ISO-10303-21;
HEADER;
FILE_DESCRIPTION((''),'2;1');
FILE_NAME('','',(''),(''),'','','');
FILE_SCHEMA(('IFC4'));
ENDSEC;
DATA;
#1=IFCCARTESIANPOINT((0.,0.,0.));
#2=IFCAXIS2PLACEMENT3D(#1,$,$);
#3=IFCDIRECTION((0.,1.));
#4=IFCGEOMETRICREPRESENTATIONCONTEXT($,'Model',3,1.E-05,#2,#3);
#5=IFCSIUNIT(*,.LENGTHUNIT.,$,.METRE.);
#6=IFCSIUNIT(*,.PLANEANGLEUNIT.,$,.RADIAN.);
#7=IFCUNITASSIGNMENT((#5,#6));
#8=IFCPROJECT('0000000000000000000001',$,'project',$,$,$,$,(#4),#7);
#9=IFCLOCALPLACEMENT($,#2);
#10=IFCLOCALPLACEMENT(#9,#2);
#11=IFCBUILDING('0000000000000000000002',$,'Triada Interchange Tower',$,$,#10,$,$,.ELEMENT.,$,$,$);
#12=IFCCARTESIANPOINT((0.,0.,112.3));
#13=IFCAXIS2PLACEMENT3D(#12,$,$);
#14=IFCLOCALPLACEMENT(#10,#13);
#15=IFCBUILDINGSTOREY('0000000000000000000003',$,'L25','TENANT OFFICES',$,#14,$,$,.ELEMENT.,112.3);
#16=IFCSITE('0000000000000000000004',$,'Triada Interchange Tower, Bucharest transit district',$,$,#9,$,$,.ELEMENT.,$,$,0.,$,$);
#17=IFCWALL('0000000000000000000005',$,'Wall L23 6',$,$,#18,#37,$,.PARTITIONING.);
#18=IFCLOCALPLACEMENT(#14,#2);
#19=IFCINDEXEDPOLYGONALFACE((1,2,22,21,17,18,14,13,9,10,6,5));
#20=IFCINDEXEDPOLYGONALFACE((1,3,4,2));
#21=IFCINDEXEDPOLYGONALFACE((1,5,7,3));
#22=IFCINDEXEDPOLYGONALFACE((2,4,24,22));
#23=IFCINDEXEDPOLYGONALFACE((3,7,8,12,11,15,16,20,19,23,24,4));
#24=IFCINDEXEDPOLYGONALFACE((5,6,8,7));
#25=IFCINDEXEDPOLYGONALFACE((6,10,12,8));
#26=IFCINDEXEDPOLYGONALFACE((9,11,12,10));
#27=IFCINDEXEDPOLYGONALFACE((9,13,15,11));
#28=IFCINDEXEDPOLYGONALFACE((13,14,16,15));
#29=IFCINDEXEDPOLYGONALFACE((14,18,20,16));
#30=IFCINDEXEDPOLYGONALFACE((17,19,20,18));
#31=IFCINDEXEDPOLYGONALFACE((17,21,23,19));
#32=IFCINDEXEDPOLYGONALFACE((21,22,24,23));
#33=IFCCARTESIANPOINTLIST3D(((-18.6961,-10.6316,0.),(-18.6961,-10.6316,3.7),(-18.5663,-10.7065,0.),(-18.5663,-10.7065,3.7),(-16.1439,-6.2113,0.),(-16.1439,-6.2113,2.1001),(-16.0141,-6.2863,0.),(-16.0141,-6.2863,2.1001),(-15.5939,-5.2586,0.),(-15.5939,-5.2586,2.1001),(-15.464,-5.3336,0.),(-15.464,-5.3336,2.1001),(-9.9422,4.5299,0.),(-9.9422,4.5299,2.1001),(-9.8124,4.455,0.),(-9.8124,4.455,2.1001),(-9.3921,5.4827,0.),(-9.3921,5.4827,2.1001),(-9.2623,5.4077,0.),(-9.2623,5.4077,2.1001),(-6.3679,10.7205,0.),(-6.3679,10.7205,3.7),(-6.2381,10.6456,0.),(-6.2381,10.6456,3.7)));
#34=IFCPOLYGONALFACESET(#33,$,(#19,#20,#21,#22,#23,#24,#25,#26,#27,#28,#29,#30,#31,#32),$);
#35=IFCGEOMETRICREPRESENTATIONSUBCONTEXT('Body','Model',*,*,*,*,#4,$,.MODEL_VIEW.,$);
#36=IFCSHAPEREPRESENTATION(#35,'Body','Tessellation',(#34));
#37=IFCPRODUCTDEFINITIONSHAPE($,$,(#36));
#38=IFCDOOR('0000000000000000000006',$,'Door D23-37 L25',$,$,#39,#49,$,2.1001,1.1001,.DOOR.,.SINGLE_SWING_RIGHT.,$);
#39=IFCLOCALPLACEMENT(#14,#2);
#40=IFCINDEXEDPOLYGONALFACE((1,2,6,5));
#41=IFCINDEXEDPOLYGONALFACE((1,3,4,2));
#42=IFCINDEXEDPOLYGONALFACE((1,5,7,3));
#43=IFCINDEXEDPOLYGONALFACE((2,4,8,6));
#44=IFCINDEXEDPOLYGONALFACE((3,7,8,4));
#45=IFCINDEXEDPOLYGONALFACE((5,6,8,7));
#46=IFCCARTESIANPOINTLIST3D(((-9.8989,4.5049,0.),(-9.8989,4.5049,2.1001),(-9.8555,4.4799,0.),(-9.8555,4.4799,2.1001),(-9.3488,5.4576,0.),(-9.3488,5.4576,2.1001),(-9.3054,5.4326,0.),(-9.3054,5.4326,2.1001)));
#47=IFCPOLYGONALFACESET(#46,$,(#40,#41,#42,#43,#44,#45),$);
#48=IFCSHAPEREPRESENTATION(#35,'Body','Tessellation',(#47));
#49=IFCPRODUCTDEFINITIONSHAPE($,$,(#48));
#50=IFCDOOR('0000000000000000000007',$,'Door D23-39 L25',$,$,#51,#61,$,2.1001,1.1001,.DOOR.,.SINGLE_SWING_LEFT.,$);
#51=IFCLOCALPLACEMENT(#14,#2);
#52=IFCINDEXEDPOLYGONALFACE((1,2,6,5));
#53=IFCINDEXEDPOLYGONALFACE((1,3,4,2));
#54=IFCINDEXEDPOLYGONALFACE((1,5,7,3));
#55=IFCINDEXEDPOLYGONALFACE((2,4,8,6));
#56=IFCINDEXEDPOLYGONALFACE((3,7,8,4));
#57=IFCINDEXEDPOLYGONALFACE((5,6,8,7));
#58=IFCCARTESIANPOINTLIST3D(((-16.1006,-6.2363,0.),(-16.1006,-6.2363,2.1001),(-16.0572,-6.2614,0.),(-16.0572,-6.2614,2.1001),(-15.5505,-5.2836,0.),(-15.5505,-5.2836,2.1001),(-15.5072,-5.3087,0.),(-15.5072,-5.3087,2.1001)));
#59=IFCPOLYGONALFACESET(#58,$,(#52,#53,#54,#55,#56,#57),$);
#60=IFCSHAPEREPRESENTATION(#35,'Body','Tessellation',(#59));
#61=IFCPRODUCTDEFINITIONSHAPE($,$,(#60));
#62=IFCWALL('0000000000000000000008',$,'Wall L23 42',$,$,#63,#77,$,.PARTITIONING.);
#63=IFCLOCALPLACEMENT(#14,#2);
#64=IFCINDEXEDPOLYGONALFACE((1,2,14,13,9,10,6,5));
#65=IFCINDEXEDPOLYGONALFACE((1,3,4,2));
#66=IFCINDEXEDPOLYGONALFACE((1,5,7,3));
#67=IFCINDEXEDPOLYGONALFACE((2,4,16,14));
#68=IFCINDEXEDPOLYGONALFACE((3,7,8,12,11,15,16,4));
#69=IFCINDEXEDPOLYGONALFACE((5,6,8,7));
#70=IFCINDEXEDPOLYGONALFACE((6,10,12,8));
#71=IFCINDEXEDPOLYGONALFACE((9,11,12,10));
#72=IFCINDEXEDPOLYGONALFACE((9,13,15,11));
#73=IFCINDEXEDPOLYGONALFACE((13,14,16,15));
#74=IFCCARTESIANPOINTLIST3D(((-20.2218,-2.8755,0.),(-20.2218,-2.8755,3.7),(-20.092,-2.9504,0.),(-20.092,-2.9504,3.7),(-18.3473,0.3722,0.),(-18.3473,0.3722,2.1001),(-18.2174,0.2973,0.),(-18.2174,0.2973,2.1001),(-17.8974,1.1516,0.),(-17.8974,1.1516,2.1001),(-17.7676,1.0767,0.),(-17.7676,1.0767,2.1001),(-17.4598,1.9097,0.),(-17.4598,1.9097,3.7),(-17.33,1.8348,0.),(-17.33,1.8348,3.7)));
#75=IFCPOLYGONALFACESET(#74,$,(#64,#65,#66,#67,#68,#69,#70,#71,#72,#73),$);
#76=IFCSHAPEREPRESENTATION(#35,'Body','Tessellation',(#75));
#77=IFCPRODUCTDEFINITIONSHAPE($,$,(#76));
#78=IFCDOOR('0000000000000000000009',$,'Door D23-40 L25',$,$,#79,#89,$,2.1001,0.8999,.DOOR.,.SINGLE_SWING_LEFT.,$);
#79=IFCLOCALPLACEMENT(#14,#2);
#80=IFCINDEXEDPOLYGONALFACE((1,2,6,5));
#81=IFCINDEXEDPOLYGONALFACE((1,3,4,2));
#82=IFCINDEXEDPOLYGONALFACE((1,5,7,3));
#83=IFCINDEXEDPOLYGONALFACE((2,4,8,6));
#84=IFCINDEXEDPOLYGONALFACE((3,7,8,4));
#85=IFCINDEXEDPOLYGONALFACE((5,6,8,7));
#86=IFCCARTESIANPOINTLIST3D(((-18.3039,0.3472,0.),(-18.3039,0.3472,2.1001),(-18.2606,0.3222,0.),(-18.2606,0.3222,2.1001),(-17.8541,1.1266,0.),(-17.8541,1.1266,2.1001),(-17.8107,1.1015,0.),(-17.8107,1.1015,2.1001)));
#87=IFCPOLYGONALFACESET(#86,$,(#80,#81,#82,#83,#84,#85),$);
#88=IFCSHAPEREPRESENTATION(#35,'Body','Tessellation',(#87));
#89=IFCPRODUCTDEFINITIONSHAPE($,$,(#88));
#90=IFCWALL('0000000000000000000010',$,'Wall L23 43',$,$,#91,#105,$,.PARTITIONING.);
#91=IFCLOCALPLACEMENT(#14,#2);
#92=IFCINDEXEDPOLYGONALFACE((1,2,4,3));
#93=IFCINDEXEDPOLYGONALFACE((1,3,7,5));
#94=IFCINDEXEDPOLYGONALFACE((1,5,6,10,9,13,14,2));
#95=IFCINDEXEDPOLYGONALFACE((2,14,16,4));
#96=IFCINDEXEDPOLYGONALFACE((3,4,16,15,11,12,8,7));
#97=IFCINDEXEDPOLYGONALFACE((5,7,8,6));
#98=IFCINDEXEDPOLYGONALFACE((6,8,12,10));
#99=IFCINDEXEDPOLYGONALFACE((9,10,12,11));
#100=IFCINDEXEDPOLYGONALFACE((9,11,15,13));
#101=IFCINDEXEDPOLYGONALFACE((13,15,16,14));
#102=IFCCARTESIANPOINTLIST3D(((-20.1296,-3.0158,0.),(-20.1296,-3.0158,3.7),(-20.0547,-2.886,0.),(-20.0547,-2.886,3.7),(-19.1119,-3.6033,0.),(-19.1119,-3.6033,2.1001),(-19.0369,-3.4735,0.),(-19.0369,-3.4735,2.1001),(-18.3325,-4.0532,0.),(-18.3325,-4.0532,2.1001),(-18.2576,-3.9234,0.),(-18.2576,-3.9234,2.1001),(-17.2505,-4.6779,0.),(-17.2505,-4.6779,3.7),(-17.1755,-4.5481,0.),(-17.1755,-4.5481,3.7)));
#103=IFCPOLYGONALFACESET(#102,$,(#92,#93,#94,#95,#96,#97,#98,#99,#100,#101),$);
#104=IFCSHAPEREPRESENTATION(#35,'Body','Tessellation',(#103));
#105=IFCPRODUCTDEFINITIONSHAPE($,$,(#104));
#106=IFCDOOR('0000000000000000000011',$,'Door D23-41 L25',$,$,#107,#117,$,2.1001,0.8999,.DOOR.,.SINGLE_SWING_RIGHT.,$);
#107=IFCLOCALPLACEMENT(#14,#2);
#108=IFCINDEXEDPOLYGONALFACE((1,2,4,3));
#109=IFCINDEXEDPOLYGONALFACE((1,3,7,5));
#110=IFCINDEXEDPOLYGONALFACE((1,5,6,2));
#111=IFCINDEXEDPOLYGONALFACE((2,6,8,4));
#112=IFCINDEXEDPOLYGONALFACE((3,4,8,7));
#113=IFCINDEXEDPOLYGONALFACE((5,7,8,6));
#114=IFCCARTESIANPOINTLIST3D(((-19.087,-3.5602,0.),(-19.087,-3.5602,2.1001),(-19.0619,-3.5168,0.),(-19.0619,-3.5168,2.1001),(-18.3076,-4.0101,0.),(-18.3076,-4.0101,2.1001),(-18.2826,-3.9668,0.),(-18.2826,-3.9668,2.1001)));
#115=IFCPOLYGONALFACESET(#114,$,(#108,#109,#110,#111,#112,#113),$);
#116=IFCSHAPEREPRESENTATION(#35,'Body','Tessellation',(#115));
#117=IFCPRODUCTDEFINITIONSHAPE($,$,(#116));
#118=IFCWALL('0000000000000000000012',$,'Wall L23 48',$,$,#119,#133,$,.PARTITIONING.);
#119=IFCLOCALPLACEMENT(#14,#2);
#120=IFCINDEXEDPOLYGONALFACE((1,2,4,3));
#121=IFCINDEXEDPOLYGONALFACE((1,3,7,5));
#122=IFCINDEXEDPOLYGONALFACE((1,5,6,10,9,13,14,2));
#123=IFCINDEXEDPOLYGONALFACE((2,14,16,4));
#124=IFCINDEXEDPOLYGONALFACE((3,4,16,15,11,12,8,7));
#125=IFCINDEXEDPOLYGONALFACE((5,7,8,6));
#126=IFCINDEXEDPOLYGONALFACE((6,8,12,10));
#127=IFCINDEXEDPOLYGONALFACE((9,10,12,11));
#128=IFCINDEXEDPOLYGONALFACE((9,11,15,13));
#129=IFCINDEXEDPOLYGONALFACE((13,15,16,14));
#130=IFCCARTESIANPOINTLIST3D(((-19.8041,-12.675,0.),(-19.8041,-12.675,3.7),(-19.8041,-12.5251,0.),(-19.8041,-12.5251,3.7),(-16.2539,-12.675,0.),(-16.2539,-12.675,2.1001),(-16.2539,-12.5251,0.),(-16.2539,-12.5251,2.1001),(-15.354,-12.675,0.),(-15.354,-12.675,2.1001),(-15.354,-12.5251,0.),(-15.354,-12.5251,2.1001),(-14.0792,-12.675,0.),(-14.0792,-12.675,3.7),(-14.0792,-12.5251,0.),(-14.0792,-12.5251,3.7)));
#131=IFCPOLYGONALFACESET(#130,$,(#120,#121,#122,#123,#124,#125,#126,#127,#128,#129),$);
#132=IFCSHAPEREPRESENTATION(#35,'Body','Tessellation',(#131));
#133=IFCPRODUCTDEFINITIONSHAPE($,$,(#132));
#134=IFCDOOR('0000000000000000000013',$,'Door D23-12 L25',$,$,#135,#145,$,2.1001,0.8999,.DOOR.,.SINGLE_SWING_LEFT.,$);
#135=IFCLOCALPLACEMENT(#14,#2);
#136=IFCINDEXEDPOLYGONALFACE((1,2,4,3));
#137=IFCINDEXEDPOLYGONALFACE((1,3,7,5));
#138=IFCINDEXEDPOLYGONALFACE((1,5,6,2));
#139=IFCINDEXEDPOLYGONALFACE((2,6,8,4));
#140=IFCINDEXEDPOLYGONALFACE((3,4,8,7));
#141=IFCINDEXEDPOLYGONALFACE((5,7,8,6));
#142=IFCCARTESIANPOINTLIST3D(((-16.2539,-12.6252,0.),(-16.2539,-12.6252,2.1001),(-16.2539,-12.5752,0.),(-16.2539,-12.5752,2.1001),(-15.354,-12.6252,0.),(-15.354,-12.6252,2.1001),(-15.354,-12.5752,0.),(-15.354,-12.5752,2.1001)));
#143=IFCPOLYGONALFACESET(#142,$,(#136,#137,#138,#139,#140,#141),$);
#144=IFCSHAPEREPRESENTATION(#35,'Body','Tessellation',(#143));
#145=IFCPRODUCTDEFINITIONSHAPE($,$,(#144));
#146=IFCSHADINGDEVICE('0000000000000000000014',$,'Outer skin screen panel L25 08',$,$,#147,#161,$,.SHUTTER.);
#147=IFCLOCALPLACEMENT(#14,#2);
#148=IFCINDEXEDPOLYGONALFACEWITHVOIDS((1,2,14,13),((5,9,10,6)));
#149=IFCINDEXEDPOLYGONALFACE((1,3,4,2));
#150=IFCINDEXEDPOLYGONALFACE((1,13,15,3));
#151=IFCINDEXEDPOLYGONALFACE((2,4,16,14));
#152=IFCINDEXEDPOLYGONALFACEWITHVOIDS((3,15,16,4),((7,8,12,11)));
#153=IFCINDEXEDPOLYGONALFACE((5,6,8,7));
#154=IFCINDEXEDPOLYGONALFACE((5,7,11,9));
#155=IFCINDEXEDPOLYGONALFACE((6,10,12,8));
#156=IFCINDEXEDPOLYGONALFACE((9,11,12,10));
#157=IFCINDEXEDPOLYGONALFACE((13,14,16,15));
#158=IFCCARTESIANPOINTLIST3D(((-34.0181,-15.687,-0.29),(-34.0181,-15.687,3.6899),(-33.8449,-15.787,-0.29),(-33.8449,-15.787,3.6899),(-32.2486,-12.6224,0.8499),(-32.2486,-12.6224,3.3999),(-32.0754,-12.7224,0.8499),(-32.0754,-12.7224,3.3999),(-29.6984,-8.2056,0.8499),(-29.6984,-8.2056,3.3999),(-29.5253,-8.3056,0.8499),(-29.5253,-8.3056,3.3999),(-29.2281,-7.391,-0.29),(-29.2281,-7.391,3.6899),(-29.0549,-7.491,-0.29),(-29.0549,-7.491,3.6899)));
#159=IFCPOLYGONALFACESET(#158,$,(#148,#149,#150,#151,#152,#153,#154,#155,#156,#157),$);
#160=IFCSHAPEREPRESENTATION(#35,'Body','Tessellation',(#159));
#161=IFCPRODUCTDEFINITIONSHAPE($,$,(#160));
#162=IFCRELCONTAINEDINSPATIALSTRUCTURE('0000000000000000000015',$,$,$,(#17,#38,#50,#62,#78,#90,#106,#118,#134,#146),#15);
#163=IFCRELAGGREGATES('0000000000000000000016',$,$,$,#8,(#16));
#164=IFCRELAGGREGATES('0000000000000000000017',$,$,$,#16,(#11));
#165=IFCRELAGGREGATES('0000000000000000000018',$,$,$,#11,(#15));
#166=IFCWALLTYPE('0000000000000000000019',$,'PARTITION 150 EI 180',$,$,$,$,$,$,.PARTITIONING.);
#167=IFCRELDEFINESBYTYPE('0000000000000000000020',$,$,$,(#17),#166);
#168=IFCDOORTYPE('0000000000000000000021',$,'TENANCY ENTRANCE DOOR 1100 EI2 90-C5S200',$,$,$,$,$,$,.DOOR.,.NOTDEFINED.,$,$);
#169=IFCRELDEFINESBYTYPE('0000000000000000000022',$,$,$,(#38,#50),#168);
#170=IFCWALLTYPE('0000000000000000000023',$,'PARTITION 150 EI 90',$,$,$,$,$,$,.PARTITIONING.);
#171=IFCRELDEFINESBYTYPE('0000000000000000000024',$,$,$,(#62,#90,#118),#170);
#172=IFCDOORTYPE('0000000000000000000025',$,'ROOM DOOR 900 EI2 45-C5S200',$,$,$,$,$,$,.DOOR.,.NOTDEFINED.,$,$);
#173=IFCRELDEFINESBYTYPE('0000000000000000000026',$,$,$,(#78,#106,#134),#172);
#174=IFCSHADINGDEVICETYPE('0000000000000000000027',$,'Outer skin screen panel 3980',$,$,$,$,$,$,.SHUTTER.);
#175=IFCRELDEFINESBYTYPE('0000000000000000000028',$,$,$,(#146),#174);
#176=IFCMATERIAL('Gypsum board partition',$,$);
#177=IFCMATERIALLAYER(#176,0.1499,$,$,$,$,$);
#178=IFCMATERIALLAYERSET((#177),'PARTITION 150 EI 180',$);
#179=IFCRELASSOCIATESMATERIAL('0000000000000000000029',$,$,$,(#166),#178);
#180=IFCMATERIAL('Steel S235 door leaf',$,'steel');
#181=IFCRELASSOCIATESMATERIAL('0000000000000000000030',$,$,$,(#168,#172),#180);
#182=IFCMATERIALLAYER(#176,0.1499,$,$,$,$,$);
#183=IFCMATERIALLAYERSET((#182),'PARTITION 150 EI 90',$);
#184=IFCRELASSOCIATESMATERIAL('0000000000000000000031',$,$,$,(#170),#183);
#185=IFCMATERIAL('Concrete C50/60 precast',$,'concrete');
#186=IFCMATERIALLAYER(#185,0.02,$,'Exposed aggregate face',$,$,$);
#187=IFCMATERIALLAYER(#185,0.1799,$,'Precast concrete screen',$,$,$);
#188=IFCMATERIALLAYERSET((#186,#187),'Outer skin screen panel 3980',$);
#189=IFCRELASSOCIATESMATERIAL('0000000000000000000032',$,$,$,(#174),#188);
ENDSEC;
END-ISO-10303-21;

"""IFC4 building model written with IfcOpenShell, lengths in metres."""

from ifc_helpers import new_model, si_unit, direction, frame, frame_2d, origin, place, context, subcontext, project, spatial, polyline, rectangle, outline, extrude, material, layer, layer_set, type_object, element, fill, save


model = new_model("IFC4")

# Units and contexts
model_context = context("Model", 3, precision=1e-05, world=origin(), true_north=direction((0.0, 1.0)))
body_context = subcontext(model_context, "Body", "Model", "MODEL_VIEW")
ifc_project = project(units=[si_unit("LENGTHUNIT", "METRE"), si_unit("PLANEANGLEUNIT", "RADIAN")], contexts=[model_context])

# Site, building, storey
site_placement = place(None, origin())
site = spatial("IfcSite", under=ifc_project, at=site_placement, Name="Triada Interchange Tower, Bucharest transit district", CompositionType="ELEMENT", RefElevation=0.0)
building_placement = place(site_placement, origin())
building = spatial("IfcBuilding", under=site, at=building_placement, Name="Triada Interchange Tower", CompositionType="ELEMENT")
storey_placement = place(building_placement, frame((0.0, 0.0, 112.3)))
storey = spatial("IfcBuildingStorey", under=building, at=storey_placement, Name="L25", Description="TENANT OFFICES", CompositionType="ELEMENT", Elevation=112.3)

# Shared definitions
ifc_material_1 = material(Name="Gypsum board partition")
ifc_layer_1 = layer(ifc_material_1, 0.1499)
ifc_layer_set_1 = layer_set([ifc_layer_1], Name="PARTITION 150 EI 180")
wall_type_1 = type_object("IfcWallType", Name="PARTITION 150 EI 180", PredefinedType="PARTITIONING", material=ifc_layer_set_1)

# Wall, openings, doors
ifc_material_2 = material(Name="Steel S235 door leaf", Category="steel")
door_type_1 = type_object("IfcDoorType", Name="TENANCY ENTRANCE DOOR 1100 EI2 90-C5S200", OperationType="NOTDEFINED", PredefinedType="DOOR", material=ifc_material_2)
wall_1_placement = place(storey_placement, frame((-18.6311, -10.6689, 0.0), z_axis=(0.0, 0.0, 1.0), x_axis=(0.500016, 0.866016, 0.0)))
wall_1 = element("IfcWall", 1, at=wall_1_placement, inside=storey, type_object=wall_type_1, Name="Wall L23 6", PredefinedType="PARTITIONING", context=body_context, shape_type="SweptSolid", body=[
    extrude(rectangle(XDim=24.6555, YDim=0.1499, at=frame_2d((12.3276, 0.0))), origin(), (0.0, 0.0, 1.0), 3.7),
])
opening_1_placement = place(wall_1_placement, frame((17.5071, 0.0, 0.0)))
opening_1 = element("IfcOpeningElement", 2, at=opening_1_placement, cuts=wall_1, PredefinedType="OPENING", context=body_context, shape_type="SweptSolid", body=[
    extrude(rectangle(XDim=1.1001, YDim=2.1001, at=frame_2d((0.55, 1.05))), frame((0.0, 0.085, 0.0), z_axis=(0.0, -1.0, 0.0), x_axis=(1.0, 0.0, 0.0)), (0.0, 0.0, 1.0), 0.1699),
])
opening_2_placement = place(wall_1_placement, frame((5.104, 0.0, 0.0)))
opening_2 = element("IfcOpeningElement", 3, at=opening_2_placement, cuts=wall_1, PredefinedType="OPENING", context=body_context, shape_type="SweptSolid", body=[
    extrude(rectangle(XDim=1.1001, YDim=2.1001, at=frame_2d((0.55, 1.05))), frame((0.0, 0.085, 0.0), z_axis=(0.0, -1.0, 0.0), x_axis=(1.0, 0.0, 0.0)), (0.0, 0.0, 1.0), 0.1699),
])
door_1_placement = place(opening_1_placement, origin())
door_1 = element("IfcDoor", 4, at=door_1_placement, inside=storey, type_object=door_type_1, Name="Door D23-37 L25", OperationType="SINGLE_SWING_RIGHT", OverallHeight=2.1001, OverallWidth=1.1001, PredefinedType="DOOR", context=body_context, shape_type="SweptSolid", body=[
    extrude(rectangle(XDim=1.1001, YDim=2.1001, at=frame_2d((0.55, 1.05))), frame((0.0, 0.0249, 0.0), z_axis=(0.0, -1.0, 0.0), x_axis=(1.0, 0.0, 0.0)), (0.0, 0.0, 1.0), 0.05),
])
fill(opening_1, door_1)
door_2_placement = place(opening_2_placement, origin())
door_2 = element("IfcDoor", 5, at=door_2_placement, inside=storey, type_object=door_type_1, Name="Door D23-39 L25", OperationType="SINGLE_SWING_LEFT", OverallHeight=2.1001, OverallWidth=1.1001, PredefinedType="DOOR", context=body_context, shape_type="SweptSolid", body=[
    extrude(rectangle(XDim=1.1001, YDim=2.1001, at=frame_2d((0.55, 1.05))), frame((0.0, 0.0249, 0.0), z_axis=(0.0, -1.0, 0.0), x_axis=(1.0, 0.0, 0.0)), (0.0, 0.0, 1.0), 0.05),
])
fill(opening_2, door_2)

# Walls, openings, doors
ifc_layer_2 = layer(ifc_material_1, 0.1499)
ifc_layer_set_2 = layer_set([ifc_layer_2], Name="PARTITION 150 EI 90")
wall_type_2 = type_object("IfcWallType", Name="PARTITION 150 EI 90", PredefinedType="PARTITIONING", material=ifc_layer_set_2)
wall_2_placement = place(storey_placement, frame((-20.157, -2.9131, 0.0), z_axis=(0.0, 0.0, 1.0), x_axis=(0.499898, 0.866084, 0.0)))
wall_2 = element("IfcWall", 6, at=wall_2_placement, inside=storey, type_object=wall_type_2, Name="Wall L23 42", PredefinedType="PARTITIONING", context=body_context, shape_type="SweptSolid", body=[
    extrude(rectangle(XDim=5.5251, YDim=0.1499, at=frame_2d((2.7627, 0.0))), origin(), (0.0, 0.0, 1.0), 3.7),
])
opening_3_placement = place(wall_2_placement, frame((3.75, 0.0, 0.0)))
opening_3 = element("IfcOpeningElement", 7, at=opening_3_placement, cuts=wall_2, PredefinedType="OPENING", context=body_context, shape_type="SweptSolid", body=[
    extrude(rectangle(XDim=0.8999, YDim=2.1001, at=frame_2d((0.45, 1.05))), frame((0.0, 0.085, 0.0), z_axis=(0.0, -1.0, 0.0), x_axis=(1.0, 0.0, 0.0)), (0.0, 0.0, 1.0), 0.1699),
])
door_type_2 = type_object("IfcDoorType", Name="ROOM DOOR 900 EI2 45-C5S200", OperationType="NOTDEFINED", PredefinedType="DOOR", material=ifc_material_2)
door_3_placement = place(opening_3_placement, origin())
door_3 = element("IfcDoor", 8, at=door_3_placement, inside=storey, type_object=door_type_2, Name="Door D23-40 L25", OperationType="SINGLE_SWING_LEFT", OverallHeight=2.1001, OverallWidth=0.8999, PredefinedType="DOOR", context=body_context, shape_type="SweptSolid", body=[
    extrude(rectangle(XDim=0.8999, YDim=2.1001, at=frame_2d((0.45, 1.05))), frame((0.0, 0.0249, 0.0), z_axis=(0.0, -1.0, 0.0), x_axis=(1.0, 0.0, 0.0)), (0.0, 0.0, 1.0), 0.05),
])
fill(opening_3, door_3)
wall_3_placement = place(storey_placement, frame((-20.092, -2.9509, 0.0), z_axis=(0.0, 0.0, 1.0), x_axis=(0.866047, -0.499962, 0.0)))
wall_3 = element("IfcWall", 9, at=wall_3_placement, inside=storey, type_object=wall_type_2, Name="Wall L23 43", PredefinedType="PARTITIONING", context=body_context, shape_type="SweptSolid", body=[
    extrude(rectangle(XDim=3.3245, YDim=0.1499, at=frame_2d((1.6621, 0.0))), origin(), (0.0, 0.0, 1.0), 3.7),
])
opening_4_placement = place(wall_3_placement, frame((1.175, 0.0, 0.0)))
opening_4 = element("IfcOpeningElement", 10, at=opening_4_placement, cuts=wall_3, PredefinedType="OPENING", context=body_context, shape_type="SweptSolid", body=[
    extrude(rectangle(XDim=0.8999, YDim=2.1001, at=frame_2d((0.45, 1.05))), frame((0.0, 0.085, 0.0), z_axis=(0.0, -1.0, 0.0), x_axis=(1.0, 0.0, 0.0)), (0.0, 0.0, 1.0), 0.1699),
])
door_4_placement = place(opening_4_placement, origin())
door_4 = element("IfcDoor", 11, at=door_4_placement, inside=storey, type_object=door_type_2, Name="Door D23-41 L25", OperationType="SINGLE_SWING_RIGHT", OverallHeight=2.1001, OverallWidth=0.8999, PredefinedType="DOOR", context=body_context, shape_type="SweptSolid", body=[
    extrude(rectangle(XDim=0.8999, YDim=2.1001, at=frame_2d((0.45, 1.05))), frame((0.0, 0.0249, 0.0), z_axis=(0.0, -1.0, 0.0), x_axis=(1.0, 0.0, 0.0)), (0.0, 0.0, 1.0), 0.05),
])
fill(opening_4, door_4)
wall_4_placement = place(storey_placement, frame((-19.804, -12.6001, 0.0), z_axis=(0.0, 0.0, 1.0), x_axis=(1.0, 0.0, 0.0)))
wall_4 = element("IfcWall", 12, at=wall_4_placement, inside=storey, type_object=wall_type_2, Name="Wall L23 48", PredefinedType="PARTITIONING", context=body_context, shape_type="SweptSolid", body=[
    extrude(rectangle(XDim=5.7249, YDim=0.1499, at=frame_2d((2.8623, 0.0))), origin(), (0.0, 0.0, 1.0), 3.7),
])
opening_5_placement = place(wall_4_placement, frame((3.55, 0.0, 0.0)))
opening_5 = element("IfcOpeningElement", 13, at=opening_5_placement, cuts=wall_4, PredefinedType="OPENING", context=body_context, shape_type="SweptSolid", body=[
    extrude(rectangle(XDim=0.8999, YDim=2.1001, at=frame_2d((0.45, 1.05))), frame((0.0, 0.085, 0.0), z_axis=(0.0, -1.0, 0.0), x_axis=(1.0, 0.0, 0.0)), (0.0, 0.0, 1.0), 0.1699),
])
door_5_placement = place(opening_5_placement, origin())
door_5 = element("IfcDoor", 14, at=door_5_placement, inside=storey, type_object=door_type_2, Name="Door D23-12 L25", OperationType="SINGLE_SWING_LEFT", OverallHeight=2.1001, OverallWidth=0.8999, PredefinedType="DOOR", context=body_context, shape_type="SweptSolid", body=[
    extrude(rectangle(XDim=0.8999, YDim=2.1001, at=frame_2d((0.45, 1.05))), frame((0.0, 0.0249, 0.0), z_axis=(0.0, -1.0, 0.0), x_axis=(1.0, 0.0, 0.0)), (0.0, 0.0, 1.0), 0.05),
])
fill(opening_5, door_5)

# Shading device
ifc_material_3 = material(Name="Concrete C50/60 precast", Category="concrete")
ifc_layer_3 = layer(ifc_material_3, 0.02, Name="Exposed aggregate face")
ifc_layer_4 = layer(ifc_material_3, 0.1799, Name="Precast concrete screen")
ifc_layer_set_3 = layer_set([ifc_layer_3, ifc_layer_4], Name="Outer skin screen panel 3980")
shading_device_type = type_object("IfcShadingDeviceType", Name="Outer skin screen panel 3980", PredefinedType="SHUTTER", material=ifc_layer_set_3)
shading_device_placement = place(storey_placement, frame((-29.0549, -7.491, -0.29), z_axis=(0.0, 0.0, 1.0), x_axis=(-0.50002, -0.866014, 0.0)))
element("IfcShadingDevice", 15, at=shading_device_placement, inside=storey, type_object=shading_device_type, Name="Outer skin screen panel L25 08", PredefinedType="SHUTTER", context=body_context, shape_type="SweptSolid", body=[
    extrude(outline(polyline([(0.0, 0.0), (9.5796, 0.0), (9.5796, 3.98), (0.0, 3.98), (0.0, 0.0)]), holes=[polyline([(0.9407, 1.1399), (0.9407, 3.6899), (6.0408, 3.6899), (6.0408, 1.1399), (0.9407, 1.1399)])]), frame((0.0, 0.0, 0.0), z_axis=(0.0, -1.0, 0.0), x_axis=(1.0, 0.0, 0.0)), (0.0, 0.0, 1.0), 0.2),
])

save(model, "model.ifc")
